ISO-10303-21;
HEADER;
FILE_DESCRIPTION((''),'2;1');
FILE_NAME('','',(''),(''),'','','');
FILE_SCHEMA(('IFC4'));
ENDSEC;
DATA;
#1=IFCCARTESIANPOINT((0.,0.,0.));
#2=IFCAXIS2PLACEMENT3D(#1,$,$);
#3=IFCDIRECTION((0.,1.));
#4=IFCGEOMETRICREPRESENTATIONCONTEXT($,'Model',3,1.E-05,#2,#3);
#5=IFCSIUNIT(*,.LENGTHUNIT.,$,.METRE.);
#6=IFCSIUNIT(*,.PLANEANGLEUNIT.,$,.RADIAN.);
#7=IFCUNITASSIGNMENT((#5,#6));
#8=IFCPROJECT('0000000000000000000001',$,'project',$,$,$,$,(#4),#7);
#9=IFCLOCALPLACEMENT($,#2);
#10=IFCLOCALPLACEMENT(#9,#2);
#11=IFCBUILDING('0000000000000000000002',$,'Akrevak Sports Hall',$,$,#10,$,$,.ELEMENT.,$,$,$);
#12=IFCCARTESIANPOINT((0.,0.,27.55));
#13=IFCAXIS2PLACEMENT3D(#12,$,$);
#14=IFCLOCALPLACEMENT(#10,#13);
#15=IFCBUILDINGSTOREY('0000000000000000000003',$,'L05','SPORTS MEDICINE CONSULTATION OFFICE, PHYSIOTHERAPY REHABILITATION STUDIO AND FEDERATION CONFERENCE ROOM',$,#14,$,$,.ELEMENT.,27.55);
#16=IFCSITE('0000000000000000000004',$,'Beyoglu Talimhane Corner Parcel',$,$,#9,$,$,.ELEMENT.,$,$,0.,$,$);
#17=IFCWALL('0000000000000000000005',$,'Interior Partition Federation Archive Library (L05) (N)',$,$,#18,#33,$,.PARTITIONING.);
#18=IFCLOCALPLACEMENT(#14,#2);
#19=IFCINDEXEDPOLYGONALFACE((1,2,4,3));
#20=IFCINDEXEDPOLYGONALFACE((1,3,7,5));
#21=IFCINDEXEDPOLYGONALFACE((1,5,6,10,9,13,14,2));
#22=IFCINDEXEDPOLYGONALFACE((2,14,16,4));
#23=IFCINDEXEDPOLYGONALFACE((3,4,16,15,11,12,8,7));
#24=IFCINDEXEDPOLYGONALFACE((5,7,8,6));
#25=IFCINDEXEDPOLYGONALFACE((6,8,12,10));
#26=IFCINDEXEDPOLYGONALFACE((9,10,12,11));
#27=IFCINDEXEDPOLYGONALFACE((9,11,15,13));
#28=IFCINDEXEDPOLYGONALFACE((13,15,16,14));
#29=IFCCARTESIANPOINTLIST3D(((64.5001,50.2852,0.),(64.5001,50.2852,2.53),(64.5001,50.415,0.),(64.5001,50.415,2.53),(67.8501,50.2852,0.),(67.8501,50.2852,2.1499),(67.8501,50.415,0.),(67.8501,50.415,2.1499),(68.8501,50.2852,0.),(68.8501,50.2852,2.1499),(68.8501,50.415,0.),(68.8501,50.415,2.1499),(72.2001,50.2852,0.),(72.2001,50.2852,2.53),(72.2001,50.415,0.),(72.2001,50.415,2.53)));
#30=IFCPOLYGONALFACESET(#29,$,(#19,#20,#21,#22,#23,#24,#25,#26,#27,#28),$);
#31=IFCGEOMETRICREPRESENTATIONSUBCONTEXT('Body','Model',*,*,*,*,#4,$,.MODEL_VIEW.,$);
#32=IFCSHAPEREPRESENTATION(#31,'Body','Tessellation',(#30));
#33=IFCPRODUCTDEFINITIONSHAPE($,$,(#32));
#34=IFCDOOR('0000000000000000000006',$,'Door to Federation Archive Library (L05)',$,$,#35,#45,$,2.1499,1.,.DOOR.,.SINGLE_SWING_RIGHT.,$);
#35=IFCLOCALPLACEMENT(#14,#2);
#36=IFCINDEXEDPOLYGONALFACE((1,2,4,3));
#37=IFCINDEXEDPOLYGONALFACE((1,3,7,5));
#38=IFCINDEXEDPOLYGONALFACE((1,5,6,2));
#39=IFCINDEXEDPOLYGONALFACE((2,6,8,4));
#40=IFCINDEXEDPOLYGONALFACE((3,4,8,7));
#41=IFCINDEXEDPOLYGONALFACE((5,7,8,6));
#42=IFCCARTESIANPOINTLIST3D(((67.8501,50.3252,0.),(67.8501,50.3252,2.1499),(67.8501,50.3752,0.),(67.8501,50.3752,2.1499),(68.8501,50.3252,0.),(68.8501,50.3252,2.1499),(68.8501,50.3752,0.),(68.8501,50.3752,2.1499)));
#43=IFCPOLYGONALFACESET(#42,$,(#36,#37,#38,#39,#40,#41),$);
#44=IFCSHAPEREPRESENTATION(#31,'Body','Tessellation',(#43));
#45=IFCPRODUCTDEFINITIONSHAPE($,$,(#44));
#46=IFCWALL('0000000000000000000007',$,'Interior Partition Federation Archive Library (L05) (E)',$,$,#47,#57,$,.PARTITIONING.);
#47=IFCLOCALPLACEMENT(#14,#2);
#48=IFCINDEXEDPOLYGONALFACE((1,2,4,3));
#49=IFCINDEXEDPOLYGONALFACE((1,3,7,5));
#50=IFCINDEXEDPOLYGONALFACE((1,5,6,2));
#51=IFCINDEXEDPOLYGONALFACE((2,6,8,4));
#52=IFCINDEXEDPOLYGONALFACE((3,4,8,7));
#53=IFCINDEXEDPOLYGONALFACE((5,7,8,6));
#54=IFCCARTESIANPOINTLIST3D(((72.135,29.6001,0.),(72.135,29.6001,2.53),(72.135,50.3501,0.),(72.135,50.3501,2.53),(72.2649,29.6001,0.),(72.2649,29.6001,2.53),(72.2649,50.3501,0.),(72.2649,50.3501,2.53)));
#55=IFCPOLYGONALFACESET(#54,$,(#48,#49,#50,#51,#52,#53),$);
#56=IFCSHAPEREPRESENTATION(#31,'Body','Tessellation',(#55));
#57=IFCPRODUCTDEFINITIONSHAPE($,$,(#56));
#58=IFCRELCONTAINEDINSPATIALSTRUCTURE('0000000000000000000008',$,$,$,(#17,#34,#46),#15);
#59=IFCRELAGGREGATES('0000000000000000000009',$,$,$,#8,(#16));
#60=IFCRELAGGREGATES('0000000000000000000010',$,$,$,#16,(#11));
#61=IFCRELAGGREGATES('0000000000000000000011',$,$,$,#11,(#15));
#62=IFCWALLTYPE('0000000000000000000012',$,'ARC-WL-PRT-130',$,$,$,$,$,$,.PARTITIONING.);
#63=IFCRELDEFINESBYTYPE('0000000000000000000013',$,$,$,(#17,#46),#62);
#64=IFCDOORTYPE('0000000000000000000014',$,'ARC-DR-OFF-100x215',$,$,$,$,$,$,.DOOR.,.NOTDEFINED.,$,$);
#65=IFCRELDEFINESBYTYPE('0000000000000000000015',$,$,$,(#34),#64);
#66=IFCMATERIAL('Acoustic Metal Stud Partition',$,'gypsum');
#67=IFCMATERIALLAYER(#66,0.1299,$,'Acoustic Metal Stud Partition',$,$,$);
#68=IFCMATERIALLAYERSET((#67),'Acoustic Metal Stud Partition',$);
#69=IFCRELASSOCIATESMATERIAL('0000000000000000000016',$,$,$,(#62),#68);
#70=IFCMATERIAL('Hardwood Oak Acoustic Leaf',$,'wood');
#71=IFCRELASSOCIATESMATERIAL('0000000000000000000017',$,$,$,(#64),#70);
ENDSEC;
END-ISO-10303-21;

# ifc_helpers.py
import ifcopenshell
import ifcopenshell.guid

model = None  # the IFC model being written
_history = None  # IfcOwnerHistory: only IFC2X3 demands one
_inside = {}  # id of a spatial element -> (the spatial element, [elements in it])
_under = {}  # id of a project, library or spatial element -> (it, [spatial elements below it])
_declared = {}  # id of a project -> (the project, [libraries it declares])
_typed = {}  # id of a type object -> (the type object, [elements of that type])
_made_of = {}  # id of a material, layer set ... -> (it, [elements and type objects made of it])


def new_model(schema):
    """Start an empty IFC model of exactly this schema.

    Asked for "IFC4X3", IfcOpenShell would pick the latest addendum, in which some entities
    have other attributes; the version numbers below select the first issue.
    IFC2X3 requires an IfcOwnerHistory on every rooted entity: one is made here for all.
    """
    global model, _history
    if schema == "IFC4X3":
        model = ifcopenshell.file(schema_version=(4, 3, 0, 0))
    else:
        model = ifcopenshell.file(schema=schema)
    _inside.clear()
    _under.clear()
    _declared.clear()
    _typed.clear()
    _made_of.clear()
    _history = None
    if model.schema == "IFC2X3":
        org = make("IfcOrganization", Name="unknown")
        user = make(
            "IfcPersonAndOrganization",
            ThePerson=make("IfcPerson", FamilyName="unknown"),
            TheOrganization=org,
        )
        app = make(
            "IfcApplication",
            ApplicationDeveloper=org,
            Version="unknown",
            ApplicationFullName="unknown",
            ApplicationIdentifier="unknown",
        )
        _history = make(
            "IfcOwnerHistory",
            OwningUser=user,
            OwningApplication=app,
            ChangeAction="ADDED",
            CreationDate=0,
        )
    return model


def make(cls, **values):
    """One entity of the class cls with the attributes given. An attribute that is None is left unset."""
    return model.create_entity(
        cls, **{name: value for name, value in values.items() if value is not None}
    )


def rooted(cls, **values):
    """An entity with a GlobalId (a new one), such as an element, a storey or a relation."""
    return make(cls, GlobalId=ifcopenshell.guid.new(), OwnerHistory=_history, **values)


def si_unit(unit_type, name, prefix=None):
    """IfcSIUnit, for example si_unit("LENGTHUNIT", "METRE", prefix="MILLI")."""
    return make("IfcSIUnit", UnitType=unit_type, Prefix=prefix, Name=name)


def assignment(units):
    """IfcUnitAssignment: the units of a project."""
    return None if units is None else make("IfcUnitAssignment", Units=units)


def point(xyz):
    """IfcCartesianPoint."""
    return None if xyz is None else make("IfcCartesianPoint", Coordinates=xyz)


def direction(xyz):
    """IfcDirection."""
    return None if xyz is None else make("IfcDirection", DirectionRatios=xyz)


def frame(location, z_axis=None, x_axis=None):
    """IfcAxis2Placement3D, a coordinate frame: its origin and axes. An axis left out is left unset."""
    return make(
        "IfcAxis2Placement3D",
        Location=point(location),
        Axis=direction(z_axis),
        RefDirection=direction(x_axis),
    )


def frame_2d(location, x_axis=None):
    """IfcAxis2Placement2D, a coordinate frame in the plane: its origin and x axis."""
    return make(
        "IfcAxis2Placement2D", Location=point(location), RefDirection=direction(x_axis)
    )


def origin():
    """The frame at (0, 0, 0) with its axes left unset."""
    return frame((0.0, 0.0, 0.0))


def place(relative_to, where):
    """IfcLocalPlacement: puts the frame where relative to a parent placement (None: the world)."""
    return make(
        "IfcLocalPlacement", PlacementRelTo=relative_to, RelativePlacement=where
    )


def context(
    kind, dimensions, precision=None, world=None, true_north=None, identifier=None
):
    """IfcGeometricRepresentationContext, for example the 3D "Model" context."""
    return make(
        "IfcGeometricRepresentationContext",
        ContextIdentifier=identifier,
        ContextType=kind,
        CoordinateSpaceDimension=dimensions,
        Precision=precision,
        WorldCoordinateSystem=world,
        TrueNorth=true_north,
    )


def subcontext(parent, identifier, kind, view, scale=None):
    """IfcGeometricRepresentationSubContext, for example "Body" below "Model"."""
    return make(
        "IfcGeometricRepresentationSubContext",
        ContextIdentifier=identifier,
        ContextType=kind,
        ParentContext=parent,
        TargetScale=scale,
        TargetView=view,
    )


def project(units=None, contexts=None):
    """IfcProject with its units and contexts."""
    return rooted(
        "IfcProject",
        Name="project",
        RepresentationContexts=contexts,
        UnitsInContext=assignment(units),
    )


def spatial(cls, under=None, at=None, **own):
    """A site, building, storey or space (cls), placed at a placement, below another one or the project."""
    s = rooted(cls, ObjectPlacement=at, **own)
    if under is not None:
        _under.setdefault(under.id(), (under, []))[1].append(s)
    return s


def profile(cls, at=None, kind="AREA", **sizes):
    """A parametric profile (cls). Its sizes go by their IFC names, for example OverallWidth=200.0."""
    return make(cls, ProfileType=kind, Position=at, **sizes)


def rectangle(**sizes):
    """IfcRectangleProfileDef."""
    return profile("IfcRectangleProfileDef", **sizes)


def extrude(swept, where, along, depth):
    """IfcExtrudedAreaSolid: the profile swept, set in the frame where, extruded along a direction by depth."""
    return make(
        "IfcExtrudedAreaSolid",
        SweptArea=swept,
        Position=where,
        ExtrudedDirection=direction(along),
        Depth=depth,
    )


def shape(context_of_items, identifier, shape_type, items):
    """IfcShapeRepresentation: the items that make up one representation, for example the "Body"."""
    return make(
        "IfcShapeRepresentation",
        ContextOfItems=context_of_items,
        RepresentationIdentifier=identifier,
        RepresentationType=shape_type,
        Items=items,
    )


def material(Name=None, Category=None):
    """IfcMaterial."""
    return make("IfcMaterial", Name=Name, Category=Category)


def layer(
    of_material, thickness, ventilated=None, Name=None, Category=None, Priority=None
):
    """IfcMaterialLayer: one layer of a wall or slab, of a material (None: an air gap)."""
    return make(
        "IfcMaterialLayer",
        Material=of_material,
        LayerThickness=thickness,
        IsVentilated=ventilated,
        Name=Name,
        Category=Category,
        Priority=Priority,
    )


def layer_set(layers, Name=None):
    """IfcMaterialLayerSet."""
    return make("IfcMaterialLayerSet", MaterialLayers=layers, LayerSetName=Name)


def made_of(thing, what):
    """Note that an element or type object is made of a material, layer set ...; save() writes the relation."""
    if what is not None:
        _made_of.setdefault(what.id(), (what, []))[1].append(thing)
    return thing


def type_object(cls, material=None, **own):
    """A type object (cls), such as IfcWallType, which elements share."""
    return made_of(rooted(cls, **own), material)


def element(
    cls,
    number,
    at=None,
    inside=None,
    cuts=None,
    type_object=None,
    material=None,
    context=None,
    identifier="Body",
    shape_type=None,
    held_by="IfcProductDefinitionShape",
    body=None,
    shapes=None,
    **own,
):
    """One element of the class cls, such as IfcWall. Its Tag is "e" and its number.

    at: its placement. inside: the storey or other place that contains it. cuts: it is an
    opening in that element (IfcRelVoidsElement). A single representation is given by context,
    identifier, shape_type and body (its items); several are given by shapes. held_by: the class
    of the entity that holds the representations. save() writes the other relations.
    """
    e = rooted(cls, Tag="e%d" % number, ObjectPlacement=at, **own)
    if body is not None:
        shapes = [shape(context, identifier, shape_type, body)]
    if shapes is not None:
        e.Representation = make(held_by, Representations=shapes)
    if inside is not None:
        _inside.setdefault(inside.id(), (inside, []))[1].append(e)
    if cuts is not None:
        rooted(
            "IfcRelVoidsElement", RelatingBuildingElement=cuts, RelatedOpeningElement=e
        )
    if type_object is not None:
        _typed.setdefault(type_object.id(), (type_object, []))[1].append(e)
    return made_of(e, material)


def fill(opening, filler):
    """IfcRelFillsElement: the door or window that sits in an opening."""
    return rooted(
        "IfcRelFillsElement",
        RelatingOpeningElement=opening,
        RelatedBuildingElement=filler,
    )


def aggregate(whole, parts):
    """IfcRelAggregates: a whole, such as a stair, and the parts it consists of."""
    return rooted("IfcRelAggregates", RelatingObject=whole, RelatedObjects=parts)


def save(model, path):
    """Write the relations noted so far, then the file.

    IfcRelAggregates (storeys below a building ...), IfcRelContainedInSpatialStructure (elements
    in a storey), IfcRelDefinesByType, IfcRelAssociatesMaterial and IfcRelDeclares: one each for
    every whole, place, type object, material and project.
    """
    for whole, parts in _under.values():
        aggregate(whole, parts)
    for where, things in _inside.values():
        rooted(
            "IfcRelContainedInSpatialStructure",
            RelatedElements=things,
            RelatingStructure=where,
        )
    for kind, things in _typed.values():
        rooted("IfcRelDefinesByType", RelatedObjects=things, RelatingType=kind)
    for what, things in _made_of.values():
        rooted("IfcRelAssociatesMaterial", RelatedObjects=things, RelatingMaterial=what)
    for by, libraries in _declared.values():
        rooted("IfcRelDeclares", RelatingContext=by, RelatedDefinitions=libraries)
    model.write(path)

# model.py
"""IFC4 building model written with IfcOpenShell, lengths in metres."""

from ifc_helpers import new_model, si_unit, direction, frame, frame_2d, origin, place, context, subcontext, project, spatial, rectangle, extrude, material, layer, layer_set, type_object, element, fill, save


model = new_model("IFC4")

# Units and contexts
model_context = context("Model", 3, precision=1e-05, world=origin(), true_north=direction((0.0, 1.0)))
body_context = subcontext(model_context, "Body", "Model", "MODEL_VIEW")
ifc_project = project(units=[si_unit("LENGTHUNIT", "METRE"), si_unit("PLANEANGLEUNIT", "RADIAN")], contexts=[model_context])

# Site, building, storey
site_placement = place(None, origin())
site = spatial("IfcSite", under=ifc_project, at=site_placement, Name="Beyoglu Talimhane Corner Parcel", CompositionType="ELEMENT", RefElevation=0.0)
building_placement = place(site_placement, origin())
building = spatial("IfcBuilding", under=site, at=building_placement, Name="Akrevak Sports Hall", CompositionType="ELEMENT")
storey_placement = place(building_placement, frame((0.0, 0.0, 27.55)))
storey = spatial("IfcBuildingStorey", under=building, at=storey_placement, Name="L05", Description="SPORTS MEDICINE CONSULTATION OFFICE, PHYSIOTHERAPY REHABILITATION STUDIO AND FEDERATION CONFERENCE ROOM", CompositionType="ELEMENT", Elevation=27.55)

# Wall, opening, door
ifc_material_1 = material(Name="Hardwood Oak Acoustic Leaf", Category="wood")
ifc_material_2 = material(Name="Acoustic Metal Stud Partition", Category="gypsum")
ifc_layer_1 = layer(ifc_material_2, 0.1299, Name="Acoustic Metal Stud Partition")
ifc_layer_set_1 = layer_set([ifc_layer_1], Name="Acoustic Metal Stud Partition")
wall_type_1 = type_object("IfcWallType", Name="ARC-WL-PRT-130", PredefinedType="PARTITIONING", material=ifc_layer_set_1)
wall_1_placement = place(storey_placement, frame((64.5, 50.3501, 0.0), z_axis=(0.0, 0.0, 1.0), x_axis=(1.0, 0.0, 0.0)))
wall_1 = element("IfcWall", 1, at=wall_1_placement, inside=storey, type_object=wall_type_1, Name="Interior Partition Federation Archive Library (L05) (N)", PredefinedType="PARTITIONING", context=body_context, shape_type="SweptSolid", body=[
    extrude(rectangle(XDim=7.7, YDim=0.1299, at=frame_2d((3.8501, 0.0))), origin(), (0.0, 0.0, 1.0), 2.53),
])
opening_1_placement = place(wall_1_placement, frame((3.3501, 0.0, 0.0)))
opening_1 = element("IfcOpeningElement", 2, at=opening_1_placement, cuts=wall_1, PredefinedType="OPENING", context=body_context, shape_type="SweptSolid", body=[
    extrude(rectangle(XDim=1.0, YDim=2.1499, at=frame_2d((0.5, 1.075))), frame((0.0, 0.0769, 0.0), z_axis=(0.0, -1.0, 0.0), x_axis=(1.0, 0.0, 0.0)), (0.0, 0.0, 1.0), 0.1538),
])
door_type_1 = type_object("IfcDoorType", Name="ARC-DR-OFF-100x215", OperationType="NOTDEFINED", PredefinedType="DOOR", material=ifc_material_1)
door_1_placement = place(opening_1_placement, frame((1.0, 0.0, 0.0), z_axis=(0.0, 0.0, 1.0), x_axis=(-1.0, 0.0, 0.0)))
door_1 = element("IfcDoor", 3, at=door_1_placement, inside=storey, type_object=door_type_1, Name="Door to Federation Archive Library (L05)", OperationType="SINGLE_SWING_RIGHT", OverallHeight=2.1499, OverallWidth=1.0, PredefinedType="DOOR", context=body_context, shape_type="SweptSolid", body=[
    extrude(rectangle(XDim=1.0, YDim=2.1499, at=frame_2d((0.5, 1.075))), frame((0.0, 0.0249, 0.0), z_axis=(0.0, -1.0, 0.0), x_axis=(1.0, 0.0, 0.0)), (0.0, 0.0, 1.0), 0.05),
])
fill(opening_1, door_1)

# Wall
wall_2_placement = place(storey_placement, frame((72.2, 29.6001, 0.0), z_axis=(0.0, 0.0, 1.0), x_axis=(0.0, 1.0, 0.0)))
element("IfcWall", 4, at=wall_2_placement, inside=storey, type_object=wall_type_1, Name="Interior Partition Federation Archive Library (L05) (E)", PredefinedType="PARTITIONING", context=body_context, shape_type="SweptSolid", body=[
    extrude(rectangle(XDim=20.75, YDim=0.1299, at=frame_2d((10.375, 0.0))), origin(), (0.0, 0.0, 1.0), 2.53),
])

save(model, "model.ifc")
